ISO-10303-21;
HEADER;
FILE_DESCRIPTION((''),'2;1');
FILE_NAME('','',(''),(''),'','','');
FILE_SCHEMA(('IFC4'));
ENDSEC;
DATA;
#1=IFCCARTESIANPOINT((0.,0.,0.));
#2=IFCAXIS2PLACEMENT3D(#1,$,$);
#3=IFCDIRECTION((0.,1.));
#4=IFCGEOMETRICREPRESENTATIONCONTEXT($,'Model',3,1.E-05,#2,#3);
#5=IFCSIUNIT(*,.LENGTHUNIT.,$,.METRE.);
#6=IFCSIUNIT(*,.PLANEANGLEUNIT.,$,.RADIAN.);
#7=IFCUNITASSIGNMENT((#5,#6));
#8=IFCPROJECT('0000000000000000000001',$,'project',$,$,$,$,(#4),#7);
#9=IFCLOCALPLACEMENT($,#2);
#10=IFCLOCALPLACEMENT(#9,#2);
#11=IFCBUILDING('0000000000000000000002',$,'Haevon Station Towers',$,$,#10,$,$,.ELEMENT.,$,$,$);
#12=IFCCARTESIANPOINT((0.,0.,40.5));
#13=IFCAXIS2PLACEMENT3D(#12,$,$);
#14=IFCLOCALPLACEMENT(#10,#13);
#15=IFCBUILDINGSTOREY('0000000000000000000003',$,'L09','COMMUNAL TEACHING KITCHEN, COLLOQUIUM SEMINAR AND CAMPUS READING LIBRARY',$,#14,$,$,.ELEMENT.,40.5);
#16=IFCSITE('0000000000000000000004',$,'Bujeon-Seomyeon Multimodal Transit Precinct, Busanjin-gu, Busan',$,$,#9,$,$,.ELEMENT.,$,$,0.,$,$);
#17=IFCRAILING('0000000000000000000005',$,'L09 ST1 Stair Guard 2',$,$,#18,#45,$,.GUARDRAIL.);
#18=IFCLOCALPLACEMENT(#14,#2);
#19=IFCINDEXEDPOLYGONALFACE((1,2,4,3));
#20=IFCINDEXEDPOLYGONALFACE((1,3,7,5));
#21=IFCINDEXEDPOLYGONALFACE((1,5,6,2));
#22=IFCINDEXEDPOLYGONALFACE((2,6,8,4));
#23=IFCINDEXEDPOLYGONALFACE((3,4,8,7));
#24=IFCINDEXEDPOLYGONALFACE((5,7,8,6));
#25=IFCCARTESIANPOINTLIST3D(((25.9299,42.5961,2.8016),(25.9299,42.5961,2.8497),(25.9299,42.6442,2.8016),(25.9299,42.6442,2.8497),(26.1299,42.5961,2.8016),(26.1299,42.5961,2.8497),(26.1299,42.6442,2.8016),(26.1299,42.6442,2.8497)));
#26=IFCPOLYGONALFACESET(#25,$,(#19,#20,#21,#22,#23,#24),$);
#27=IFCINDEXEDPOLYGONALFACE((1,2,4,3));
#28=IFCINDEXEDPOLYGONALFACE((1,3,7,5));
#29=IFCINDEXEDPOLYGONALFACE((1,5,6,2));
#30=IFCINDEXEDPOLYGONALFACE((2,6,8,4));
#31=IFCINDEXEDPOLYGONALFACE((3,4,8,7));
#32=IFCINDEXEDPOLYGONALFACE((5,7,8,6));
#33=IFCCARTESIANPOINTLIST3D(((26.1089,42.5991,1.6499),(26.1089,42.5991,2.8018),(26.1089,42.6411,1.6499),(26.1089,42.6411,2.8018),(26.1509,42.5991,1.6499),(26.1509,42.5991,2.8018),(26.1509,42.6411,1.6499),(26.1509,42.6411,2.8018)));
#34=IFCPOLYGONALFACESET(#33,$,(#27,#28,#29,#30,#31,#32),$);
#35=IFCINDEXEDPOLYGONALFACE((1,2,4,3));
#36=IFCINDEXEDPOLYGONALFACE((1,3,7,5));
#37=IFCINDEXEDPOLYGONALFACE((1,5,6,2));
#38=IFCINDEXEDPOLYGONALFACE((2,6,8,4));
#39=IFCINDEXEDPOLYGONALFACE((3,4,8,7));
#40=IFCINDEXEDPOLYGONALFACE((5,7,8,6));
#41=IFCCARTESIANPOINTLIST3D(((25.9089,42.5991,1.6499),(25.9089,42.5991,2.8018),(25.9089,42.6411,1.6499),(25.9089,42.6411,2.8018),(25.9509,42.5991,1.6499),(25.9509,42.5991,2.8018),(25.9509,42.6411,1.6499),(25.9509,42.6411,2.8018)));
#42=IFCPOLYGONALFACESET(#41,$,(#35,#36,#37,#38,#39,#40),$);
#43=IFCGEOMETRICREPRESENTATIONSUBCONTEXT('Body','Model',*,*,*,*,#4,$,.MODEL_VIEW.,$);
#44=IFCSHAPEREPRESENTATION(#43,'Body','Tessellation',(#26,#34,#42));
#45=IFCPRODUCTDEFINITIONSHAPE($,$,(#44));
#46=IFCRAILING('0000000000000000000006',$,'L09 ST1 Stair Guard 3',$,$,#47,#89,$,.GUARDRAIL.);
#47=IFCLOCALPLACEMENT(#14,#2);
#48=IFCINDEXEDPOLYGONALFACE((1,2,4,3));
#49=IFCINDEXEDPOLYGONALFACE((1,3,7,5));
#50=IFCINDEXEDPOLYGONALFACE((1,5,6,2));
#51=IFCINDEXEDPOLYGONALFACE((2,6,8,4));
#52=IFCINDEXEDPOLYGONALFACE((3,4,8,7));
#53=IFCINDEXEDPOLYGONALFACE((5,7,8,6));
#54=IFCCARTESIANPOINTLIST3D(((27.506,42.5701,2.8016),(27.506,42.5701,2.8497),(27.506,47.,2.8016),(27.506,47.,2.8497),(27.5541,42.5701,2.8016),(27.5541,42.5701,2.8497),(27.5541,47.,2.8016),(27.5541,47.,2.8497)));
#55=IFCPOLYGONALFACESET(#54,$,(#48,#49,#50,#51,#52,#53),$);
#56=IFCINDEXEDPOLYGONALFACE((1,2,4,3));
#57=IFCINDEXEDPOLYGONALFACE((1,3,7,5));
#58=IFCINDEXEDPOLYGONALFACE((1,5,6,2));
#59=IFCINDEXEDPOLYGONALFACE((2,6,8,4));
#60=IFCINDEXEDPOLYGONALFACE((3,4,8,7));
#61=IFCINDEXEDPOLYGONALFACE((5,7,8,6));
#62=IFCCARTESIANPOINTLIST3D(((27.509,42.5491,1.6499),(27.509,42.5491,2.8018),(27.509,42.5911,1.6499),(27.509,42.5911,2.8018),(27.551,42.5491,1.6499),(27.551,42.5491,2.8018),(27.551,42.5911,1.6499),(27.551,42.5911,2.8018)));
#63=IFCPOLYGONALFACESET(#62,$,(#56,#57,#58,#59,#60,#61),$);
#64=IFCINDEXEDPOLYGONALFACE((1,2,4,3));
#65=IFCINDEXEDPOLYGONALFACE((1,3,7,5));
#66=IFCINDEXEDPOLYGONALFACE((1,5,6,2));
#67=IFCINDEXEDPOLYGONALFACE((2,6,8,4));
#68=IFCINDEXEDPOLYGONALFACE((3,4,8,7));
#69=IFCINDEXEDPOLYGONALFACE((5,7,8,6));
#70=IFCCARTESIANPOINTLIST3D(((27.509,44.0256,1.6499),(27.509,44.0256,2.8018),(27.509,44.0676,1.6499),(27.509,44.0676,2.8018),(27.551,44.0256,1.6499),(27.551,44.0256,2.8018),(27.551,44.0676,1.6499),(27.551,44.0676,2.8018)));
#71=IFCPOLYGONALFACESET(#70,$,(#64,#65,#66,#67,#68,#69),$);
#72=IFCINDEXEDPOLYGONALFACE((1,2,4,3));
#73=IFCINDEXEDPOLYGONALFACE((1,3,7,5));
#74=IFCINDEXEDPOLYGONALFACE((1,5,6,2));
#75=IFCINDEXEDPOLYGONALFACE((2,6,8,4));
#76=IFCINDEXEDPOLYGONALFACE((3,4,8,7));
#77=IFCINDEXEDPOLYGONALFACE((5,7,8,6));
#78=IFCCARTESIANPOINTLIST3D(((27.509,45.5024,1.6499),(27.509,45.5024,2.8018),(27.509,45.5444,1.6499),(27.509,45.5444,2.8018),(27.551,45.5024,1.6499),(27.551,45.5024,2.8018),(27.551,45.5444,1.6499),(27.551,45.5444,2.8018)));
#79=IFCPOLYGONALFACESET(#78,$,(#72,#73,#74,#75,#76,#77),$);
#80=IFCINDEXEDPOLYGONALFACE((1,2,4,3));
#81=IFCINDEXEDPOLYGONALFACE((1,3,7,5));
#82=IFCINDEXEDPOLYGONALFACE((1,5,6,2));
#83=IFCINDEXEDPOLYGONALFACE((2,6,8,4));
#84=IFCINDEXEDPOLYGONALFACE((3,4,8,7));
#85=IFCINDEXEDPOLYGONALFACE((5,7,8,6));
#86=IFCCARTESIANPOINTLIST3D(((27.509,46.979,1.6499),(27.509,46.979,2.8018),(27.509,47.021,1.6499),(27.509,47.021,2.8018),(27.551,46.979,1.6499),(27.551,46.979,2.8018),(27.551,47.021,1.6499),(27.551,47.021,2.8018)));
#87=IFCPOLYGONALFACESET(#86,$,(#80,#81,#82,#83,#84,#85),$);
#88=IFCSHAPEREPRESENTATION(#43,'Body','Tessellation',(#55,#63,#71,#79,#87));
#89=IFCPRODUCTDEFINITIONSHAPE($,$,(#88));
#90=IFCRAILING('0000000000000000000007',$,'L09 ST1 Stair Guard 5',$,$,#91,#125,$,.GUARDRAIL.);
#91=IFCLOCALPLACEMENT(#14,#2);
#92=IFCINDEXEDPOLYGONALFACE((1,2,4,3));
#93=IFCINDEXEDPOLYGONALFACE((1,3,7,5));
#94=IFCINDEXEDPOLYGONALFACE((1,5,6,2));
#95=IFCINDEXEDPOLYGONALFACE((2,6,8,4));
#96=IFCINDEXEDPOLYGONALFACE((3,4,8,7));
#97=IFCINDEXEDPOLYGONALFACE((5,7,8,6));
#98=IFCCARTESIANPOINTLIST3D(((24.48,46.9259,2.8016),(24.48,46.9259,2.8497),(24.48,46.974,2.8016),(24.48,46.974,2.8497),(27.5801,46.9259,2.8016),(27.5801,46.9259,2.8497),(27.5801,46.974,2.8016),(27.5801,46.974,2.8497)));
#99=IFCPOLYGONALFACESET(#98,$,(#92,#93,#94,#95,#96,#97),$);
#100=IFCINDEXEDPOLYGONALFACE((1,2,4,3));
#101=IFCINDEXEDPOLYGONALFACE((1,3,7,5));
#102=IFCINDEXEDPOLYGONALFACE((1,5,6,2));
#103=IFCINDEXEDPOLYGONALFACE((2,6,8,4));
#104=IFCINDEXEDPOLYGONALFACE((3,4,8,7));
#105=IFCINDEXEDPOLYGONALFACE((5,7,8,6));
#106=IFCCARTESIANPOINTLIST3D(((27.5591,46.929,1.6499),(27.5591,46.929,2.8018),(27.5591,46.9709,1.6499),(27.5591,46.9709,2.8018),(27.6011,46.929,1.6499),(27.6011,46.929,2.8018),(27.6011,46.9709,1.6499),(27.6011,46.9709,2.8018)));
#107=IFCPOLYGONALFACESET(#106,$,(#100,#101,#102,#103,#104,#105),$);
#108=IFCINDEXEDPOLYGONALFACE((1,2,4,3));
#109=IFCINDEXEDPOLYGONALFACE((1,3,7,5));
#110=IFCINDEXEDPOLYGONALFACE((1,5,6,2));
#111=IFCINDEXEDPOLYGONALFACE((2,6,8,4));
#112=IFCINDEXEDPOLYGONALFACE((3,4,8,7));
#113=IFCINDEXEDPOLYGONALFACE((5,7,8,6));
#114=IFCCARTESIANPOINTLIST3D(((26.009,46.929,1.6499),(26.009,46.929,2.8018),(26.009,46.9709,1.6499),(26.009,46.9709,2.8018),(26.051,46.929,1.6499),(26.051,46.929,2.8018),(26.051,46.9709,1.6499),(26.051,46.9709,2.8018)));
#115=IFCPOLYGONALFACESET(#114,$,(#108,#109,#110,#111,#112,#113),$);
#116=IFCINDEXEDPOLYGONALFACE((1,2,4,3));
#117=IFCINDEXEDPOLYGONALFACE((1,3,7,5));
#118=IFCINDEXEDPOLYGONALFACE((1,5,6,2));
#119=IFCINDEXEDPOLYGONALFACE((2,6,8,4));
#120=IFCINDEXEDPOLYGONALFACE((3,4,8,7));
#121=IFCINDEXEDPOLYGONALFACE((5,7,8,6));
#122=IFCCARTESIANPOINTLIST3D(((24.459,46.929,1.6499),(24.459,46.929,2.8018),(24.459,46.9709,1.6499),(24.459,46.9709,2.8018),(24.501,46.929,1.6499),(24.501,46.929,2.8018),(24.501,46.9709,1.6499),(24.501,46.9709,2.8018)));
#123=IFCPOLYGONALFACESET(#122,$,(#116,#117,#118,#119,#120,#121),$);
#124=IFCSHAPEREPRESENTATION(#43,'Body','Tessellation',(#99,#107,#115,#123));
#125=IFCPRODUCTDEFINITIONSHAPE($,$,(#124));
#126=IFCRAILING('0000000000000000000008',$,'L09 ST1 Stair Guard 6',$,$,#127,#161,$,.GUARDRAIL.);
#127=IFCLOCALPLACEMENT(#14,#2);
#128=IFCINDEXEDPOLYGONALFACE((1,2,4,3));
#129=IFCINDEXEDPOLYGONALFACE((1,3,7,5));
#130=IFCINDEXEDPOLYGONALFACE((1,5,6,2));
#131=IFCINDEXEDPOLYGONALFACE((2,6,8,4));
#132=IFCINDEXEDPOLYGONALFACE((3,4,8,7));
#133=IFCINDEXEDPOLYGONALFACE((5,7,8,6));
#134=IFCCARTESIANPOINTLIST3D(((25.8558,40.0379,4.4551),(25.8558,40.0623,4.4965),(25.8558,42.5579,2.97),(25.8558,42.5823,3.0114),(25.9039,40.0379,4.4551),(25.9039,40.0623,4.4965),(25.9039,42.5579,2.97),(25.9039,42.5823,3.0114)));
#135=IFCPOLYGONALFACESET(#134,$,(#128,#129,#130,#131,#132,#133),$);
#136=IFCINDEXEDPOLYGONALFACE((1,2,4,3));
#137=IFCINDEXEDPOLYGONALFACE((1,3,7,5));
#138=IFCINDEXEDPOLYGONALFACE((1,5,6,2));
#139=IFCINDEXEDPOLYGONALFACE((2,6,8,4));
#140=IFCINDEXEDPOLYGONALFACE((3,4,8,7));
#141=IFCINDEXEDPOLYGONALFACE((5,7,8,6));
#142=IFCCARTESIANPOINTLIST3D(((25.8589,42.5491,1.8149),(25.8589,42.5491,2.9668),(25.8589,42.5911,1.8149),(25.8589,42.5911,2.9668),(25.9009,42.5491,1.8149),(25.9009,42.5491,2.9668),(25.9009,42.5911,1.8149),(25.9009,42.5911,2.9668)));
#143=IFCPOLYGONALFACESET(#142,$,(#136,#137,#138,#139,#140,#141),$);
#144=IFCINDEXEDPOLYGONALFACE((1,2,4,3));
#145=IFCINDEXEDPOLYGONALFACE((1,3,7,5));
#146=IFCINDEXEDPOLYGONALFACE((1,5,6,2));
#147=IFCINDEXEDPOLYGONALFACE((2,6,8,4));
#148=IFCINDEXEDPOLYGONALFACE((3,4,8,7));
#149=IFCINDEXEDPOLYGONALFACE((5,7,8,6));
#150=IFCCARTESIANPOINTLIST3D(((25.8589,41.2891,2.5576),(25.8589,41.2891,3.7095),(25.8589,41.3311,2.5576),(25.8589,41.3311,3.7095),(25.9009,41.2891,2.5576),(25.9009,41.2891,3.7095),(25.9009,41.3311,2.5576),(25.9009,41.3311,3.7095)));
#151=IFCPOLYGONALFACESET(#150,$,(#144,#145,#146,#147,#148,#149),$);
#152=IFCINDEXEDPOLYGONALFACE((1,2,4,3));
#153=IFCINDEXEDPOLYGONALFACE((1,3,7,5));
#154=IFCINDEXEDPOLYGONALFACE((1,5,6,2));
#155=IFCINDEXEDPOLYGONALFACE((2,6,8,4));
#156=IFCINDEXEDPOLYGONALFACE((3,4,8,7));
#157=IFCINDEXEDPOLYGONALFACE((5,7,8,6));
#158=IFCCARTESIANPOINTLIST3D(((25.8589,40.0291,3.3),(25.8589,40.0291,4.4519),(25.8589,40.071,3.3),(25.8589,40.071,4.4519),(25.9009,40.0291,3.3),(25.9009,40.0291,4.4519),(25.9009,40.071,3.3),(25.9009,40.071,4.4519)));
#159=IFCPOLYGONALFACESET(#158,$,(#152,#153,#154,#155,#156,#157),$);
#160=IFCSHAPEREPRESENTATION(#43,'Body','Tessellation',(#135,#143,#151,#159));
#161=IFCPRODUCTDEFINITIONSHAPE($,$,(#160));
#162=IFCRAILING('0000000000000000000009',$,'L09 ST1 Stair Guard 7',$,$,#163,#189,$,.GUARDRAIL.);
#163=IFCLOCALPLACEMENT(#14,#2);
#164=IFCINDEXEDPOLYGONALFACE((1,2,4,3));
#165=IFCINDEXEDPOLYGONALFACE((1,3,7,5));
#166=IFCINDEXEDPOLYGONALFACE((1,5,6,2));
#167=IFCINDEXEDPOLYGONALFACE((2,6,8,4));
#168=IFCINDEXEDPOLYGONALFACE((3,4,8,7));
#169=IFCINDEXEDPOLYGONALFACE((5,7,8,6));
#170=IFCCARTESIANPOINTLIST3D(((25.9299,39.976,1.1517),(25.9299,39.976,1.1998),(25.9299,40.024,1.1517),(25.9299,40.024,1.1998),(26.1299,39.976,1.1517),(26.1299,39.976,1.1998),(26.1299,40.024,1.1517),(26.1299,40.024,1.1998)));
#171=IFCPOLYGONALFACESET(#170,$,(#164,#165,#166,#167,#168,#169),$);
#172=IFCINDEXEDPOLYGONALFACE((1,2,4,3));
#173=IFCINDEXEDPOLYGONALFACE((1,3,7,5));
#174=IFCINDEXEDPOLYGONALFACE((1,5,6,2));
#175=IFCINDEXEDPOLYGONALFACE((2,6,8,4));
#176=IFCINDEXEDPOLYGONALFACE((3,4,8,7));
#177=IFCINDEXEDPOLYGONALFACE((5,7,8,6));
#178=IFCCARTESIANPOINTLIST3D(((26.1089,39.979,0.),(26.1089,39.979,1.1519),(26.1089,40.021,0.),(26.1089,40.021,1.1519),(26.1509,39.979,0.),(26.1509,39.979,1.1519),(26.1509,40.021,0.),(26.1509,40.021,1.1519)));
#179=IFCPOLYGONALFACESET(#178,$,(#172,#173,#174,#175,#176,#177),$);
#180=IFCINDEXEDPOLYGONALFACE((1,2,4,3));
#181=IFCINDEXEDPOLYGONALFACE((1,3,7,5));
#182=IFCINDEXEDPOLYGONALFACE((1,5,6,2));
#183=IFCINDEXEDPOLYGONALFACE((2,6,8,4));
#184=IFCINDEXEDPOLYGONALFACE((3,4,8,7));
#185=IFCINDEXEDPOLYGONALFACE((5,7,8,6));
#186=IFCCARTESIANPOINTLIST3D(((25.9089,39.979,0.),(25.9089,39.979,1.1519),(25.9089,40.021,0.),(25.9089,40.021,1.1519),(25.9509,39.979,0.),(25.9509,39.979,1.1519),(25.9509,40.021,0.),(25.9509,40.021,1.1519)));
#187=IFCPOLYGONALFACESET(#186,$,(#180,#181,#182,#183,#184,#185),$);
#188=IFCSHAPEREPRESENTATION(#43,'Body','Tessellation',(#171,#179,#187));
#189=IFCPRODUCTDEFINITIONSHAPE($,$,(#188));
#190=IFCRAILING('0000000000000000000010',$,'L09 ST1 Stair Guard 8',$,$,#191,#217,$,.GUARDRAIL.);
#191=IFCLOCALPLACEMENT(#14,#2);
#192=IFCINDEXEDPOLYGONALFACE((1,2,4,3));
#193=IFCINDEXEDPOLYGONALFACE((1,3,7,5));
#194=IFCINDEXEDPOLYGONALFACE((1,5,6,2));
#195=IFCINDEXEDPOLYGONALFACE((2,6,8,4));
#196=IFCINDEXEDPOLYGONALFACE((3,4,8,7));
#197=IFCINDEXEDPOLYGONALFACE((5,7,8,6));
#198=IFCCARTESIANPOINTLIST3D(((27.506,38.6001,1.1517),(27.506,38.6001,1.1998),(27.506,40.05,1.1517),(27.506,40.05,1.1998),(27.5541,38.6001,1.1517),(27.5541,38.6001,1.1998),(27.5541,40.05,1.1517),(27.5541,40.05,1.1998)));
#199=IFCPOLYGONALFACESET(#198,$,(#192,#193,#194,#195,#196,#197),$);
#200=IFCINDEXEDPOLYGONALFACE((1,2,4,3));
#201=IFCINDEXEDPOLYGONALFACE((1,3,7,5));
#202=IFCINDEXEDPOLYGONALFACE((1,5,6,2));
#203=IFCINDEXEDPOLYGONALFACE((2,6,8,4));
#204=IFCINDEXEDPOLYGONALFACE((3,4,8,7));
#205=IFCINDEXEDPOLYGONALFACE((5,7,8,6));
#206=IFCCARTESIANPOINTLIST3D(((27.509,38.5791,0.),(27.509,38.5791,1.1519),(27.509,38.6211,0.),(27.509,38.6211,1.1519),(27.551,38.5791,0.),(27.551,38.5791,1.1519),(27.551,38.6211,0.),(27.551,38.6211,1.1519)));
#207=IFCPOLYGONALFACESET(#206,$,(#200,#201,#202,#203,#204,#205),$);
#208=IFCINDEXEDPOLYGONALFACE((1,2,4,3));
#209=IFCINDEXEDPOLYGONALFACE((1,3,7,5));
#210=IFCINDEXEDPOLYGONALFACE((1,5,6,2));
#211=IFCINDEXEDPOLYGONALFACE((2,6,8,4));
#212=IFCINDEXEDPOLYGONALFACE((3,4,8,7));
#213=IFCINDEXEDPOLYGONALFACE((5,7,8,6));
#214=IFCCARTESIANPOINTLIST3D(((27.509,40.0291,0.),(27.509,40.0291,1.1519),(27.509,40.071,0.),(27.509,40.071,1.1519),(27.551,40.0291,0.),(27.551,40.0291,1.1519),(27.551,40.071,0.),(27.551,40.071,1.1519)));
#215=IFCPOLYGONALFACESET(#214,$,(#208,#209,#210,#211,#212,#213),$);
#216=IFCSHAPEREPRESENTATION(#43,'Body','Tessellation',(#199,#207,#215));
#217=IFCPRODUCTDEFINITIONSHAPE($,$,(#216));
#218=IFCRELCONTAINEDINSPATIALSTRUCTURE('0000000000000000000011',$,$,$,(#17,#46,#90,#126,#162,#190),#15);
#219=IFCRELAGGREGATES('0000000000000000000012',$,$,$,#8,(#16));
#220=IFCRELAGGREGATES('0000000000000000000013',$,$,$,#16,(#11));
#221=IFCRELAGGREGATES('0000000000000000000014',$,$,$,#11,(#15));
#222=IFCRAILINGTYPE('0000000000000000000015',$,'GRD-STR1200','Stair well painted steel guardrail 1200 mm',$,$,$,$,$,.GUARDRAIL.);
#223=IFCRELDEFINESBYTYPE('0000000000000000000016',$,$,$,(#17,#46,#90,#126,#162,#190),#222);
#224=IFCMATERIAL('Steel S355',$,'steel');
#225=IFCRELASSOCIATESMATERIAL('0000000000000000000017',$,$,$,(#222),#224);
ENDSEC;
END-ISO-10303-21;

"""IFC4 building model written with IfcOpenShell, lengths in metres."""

from ifc_helpers import new_model, si_unit, direction, frame, origin, origin_2d, place, context, subcontext, project, spatial, rectangle, extrude, material, type_object, element, save


model = new_model("IFC4")

# Units and contexts
model_context = context("Model", 3, precision=1e-05, world=origin(), true_north=direction((0.0, 1.0)))
body_context = subcontext(model_context, "Body", "Model", "MODEL_VIEW")
ifc_project = project(units=[si_unit("LENGTHUNIT", "METRE"), si_unit("PLANEANGLEUNIT", "RADIAN")], contexts=[model_context])

# Site, building, storey
site_placement = place(None, origin())
site = spatial("IfcSite", under=ifc_project, at=site_placement, Name="Bujeon-Seomyeon Multimodal Transit Precinct, Busanjin-gu, Busan", CompositionType="ELEMENT", RefElevation=0.0)
building_placement = place(site_placement, origin())
building = spatial("IfcBuilding", under=site, at=building_placement, Name="Haevon Station Towers", CompositionType="ELEMENT")
storey_placement = place(building_placement, frame((0.0, 0.0, 40.5)))
storey = spatial("IfcBuildingStorey", under=building, at=storey_placement, Name="L09", Description="COMMUNAL TEACHING KITCHEN, COLLOQUIUM SEMINAR AND CAMPUS READING LIBRARY", CompositionType="ELEMENT", Elevation=40.5)

# Shared definitions
ifc_material_1 = material(Name="Steel S355", Category="steel")

# Railings
railing_type_1 = type_object("IfcRailingType", Name="GRD-STR1200", Description="Stair well painted steel guardrail 1200 mm", PredefinedType="GUARDRAIL", material=ifc_material_1)
railing_1_placement = place(storey_placement, frame((26.1299, 42.6201, 1.6499)))
element("IfcRailing", 1, at=railing_1_placement, inside=storey, type_object=railing_type_1, Name="L09 ST1 Stair Guard 2", PredefinedType="GUARDRAIL", context=body_context, shape_type="SweptSolid", body=[
    extrude(rectangle(XDim=0.0481, YDim=0.0481, at=origin_2d()), frame((0.0, 0.0, 1.1758), z_axis=(-1.0, 0.0, 0.0), x_axis=(0.0, -1.0, 0.0)), (0.0, 0.0, 1.0), 0.2),
    extrude(rectangle(XDim=0.042, YDim=0.042, at=origin_2d()), origin(), (0.0, 0.0, 1.0), 1.1519),
    extrude(rectangle(XDim=0.042, YDim=0.042, at=origin_2d()), frame((-0.2, 0.0, 0.0)), (0.0, 0.0, 1.0), 1.1519),
])
railing_2_placement = place(storey_placement, frame((27.53, 42.5701, 1.6499)))
element("IfcRailing", 2, at=railing_2_placement, inside=storey, type_object=railing_type_1, Name="L09 ST1 Stair Guard 3", PredefinedType="GUARDRAIL", context=body_context, shape_type="SweptSolid", body=[
    extrude(rectangle(XDim=0.0481, YDim=0.0481, at=origin_2d()), frame((0.0, 0.0, 1.1758), z_axis=(0.0, 1.0, 0.0), x_axis=(-1.0, 0.0, 0.0)), (0.0, 0.0, 1.0), 4.4299),
    extrude(rectangle(XDim=0.042, YDim=0.042, at=origin_2d()), origin(), (0.0, 0.0, 1.0), 1.1519),
    extrude(rectangle(XDim=0.042, YDim=0.042, at=origin_2d()), frame((0.0, 1.4766, 0.0)), (0.0, 0.0, 1.0), 1.1519),
    extrude(rectangle(XDim=0.042, YDim=0.042, at=origin_2d()), frame((0.0, 2.9534, 0.0)), (0.0, 0.0, 1.0), 1.1519),
    extrude(rectangle(XDim=0.042, YDim=0.042, at=origin_2d()), frame((0.0, 4.4299, 0.0)), (0.0, 0.0, 1.0), 1.1519),
])
railing_3_placement = place(storey_placement, frame((27.5801, 46.95, 1.6499)))
element("IfcRailing", 3, at=railing_3_placement, inside=storey, type_object=railing_type_1, Name="L09 ST1 Stair Guard 5", PredefinedType="GUARDRAIL", context=body_context, shape_type="SweptSolid", body=[
    extrude(rectangle(XDim=0.0481, YDim=0.0481, at=origin_2d()), frame((0.0, 0.0, 1.1758), z_axis=(-1.0, 0.0, 0.0), x_axis=(0.0, -1.0, 0.0)), (0.0, 0.0, 1.0), 3.1001),
    extrude(rectangle(XDim=0.042, YDim=0.042, at=origin_2d()), origin(), (0.0, 0.0, 1.0), 1.1519),
    extrude(rectangle(XDim=0.042, YDim=0.042, at=origin_2d()), frame((-1.55, 0.0, 0.0)), (0.0, 0.0, 1.0), 1.1519),
    extrude(rectangle(XDim=0.042, YDim=0.042, at=origin_2d()), frame((-3.1001, 0.0, 0.0)), (0.0, 0.0, 1.0), 1.1519),
])
railing_4_placement = place(storey_placement, frame((25.8799, 42.5701, 1.8149)))
element("IfcRailing", 4, at=railing_4_placement, inside=storey, type_object=railing_type_1, Name="L09 ST1 Stair Guard 6", PredefinedType="GUARDRAIL", context=body_context, shape_type="SweptSolid", body=[
    extrude(rectangle(XDim=0.0481, YDim=0.0481, at=origin_2d()), frame((0.0, 0.0, 1.1758), z_axis=(0.0, -0.861524, 0.507717), x_axis=(1.0, 0.0, 0.0)), (0.0, 0.0, 1.0), 2.925),
    extrude(rectangle(XDim=0.042, YDim=0.042, at=origin_2d()), origin(), (0.0, 0.0, 1.0), 1.1519),
    extrude(rectangle(XDim=0.042, YDim=0.042, at=origin_2d()), frame((0.0, -1.26, 0.7427)), (0.0, 0.0, 1.0), 1.1519),
    extrude(rectangle(XDim=0.042, YDim=0.042, at=origin_2d()), frame((0.0, -2.52, 1.4851)), (0.0, 0.0, 1.0), 1.1519),
])
railing_5_placement = place(storey_placement, frame((26.1299, 40.0, 0.0)))
element("IfcRailing", 5, at=railing_5_placement, inside=storey, type_object=railing_type_1, Name="L09 ST1 Stair Guard 7", PredefinedType="GUARDRAIL", context=body_context, shape_type="SweptSolid", body=[
    extrude(rectangle(XDim=0.0481, YDim=0.0481, at=origin_2d()), frame((0.0, 0.0, 1.1758), z_axis=(-1.0, 0.0, 0.0), x_axis=(0.0, -1.0, 0.0)), (0.0, 0.0, 1.0), 0.2),
    extrude(rectangle(XDim=0.042, YDim=0.042, at=origin_2d()), origin(), (0.0, 0.0, 1.0), 1.1519),
    extrude(rectangle(XDim=0.042, YDim=0.042, at=origin_2d()), frame((-0.2, 0.0, 0.0)), (0.0, 0.0, 1.0), 1.1519),
])
railing_6_placement = place(storey_placement, frame((27.53, 38.6001, 0.0)))
element("IfcRailing", 6, at=railing_6_placement, inside=storey, type_object=railing_type_1, Name="L09 ST1 Stair Guard 8", PredefinedType="GUARDRAIL", context=body_context, shape_type="SweptSolid", body=[
    extrude(rectangle(XDim=0.0481, YDim=0.0481, at=origin_2d()), frame((0.0, 0.0, 1.1758), z_axis=(0.0, 1.0, 0.0), x_axis=(-1.0, 0.0, 0.0)), (0.0, 0.0, 1.0), 1.45),
    extrude(rectangle(XDim=0.042, YDim=0.042, at=origin_2d()), origin(), (0.0, 0.0, 1.0), 1.1519),
    extrude(rectangle(XDim=0.042, YDim=0.042, at=origin_2d()), frame((0.0, 1.45, 0.0)), (0.0, 0.0, 1.0), 1.1519),
])

save(model, "model.ifc")
